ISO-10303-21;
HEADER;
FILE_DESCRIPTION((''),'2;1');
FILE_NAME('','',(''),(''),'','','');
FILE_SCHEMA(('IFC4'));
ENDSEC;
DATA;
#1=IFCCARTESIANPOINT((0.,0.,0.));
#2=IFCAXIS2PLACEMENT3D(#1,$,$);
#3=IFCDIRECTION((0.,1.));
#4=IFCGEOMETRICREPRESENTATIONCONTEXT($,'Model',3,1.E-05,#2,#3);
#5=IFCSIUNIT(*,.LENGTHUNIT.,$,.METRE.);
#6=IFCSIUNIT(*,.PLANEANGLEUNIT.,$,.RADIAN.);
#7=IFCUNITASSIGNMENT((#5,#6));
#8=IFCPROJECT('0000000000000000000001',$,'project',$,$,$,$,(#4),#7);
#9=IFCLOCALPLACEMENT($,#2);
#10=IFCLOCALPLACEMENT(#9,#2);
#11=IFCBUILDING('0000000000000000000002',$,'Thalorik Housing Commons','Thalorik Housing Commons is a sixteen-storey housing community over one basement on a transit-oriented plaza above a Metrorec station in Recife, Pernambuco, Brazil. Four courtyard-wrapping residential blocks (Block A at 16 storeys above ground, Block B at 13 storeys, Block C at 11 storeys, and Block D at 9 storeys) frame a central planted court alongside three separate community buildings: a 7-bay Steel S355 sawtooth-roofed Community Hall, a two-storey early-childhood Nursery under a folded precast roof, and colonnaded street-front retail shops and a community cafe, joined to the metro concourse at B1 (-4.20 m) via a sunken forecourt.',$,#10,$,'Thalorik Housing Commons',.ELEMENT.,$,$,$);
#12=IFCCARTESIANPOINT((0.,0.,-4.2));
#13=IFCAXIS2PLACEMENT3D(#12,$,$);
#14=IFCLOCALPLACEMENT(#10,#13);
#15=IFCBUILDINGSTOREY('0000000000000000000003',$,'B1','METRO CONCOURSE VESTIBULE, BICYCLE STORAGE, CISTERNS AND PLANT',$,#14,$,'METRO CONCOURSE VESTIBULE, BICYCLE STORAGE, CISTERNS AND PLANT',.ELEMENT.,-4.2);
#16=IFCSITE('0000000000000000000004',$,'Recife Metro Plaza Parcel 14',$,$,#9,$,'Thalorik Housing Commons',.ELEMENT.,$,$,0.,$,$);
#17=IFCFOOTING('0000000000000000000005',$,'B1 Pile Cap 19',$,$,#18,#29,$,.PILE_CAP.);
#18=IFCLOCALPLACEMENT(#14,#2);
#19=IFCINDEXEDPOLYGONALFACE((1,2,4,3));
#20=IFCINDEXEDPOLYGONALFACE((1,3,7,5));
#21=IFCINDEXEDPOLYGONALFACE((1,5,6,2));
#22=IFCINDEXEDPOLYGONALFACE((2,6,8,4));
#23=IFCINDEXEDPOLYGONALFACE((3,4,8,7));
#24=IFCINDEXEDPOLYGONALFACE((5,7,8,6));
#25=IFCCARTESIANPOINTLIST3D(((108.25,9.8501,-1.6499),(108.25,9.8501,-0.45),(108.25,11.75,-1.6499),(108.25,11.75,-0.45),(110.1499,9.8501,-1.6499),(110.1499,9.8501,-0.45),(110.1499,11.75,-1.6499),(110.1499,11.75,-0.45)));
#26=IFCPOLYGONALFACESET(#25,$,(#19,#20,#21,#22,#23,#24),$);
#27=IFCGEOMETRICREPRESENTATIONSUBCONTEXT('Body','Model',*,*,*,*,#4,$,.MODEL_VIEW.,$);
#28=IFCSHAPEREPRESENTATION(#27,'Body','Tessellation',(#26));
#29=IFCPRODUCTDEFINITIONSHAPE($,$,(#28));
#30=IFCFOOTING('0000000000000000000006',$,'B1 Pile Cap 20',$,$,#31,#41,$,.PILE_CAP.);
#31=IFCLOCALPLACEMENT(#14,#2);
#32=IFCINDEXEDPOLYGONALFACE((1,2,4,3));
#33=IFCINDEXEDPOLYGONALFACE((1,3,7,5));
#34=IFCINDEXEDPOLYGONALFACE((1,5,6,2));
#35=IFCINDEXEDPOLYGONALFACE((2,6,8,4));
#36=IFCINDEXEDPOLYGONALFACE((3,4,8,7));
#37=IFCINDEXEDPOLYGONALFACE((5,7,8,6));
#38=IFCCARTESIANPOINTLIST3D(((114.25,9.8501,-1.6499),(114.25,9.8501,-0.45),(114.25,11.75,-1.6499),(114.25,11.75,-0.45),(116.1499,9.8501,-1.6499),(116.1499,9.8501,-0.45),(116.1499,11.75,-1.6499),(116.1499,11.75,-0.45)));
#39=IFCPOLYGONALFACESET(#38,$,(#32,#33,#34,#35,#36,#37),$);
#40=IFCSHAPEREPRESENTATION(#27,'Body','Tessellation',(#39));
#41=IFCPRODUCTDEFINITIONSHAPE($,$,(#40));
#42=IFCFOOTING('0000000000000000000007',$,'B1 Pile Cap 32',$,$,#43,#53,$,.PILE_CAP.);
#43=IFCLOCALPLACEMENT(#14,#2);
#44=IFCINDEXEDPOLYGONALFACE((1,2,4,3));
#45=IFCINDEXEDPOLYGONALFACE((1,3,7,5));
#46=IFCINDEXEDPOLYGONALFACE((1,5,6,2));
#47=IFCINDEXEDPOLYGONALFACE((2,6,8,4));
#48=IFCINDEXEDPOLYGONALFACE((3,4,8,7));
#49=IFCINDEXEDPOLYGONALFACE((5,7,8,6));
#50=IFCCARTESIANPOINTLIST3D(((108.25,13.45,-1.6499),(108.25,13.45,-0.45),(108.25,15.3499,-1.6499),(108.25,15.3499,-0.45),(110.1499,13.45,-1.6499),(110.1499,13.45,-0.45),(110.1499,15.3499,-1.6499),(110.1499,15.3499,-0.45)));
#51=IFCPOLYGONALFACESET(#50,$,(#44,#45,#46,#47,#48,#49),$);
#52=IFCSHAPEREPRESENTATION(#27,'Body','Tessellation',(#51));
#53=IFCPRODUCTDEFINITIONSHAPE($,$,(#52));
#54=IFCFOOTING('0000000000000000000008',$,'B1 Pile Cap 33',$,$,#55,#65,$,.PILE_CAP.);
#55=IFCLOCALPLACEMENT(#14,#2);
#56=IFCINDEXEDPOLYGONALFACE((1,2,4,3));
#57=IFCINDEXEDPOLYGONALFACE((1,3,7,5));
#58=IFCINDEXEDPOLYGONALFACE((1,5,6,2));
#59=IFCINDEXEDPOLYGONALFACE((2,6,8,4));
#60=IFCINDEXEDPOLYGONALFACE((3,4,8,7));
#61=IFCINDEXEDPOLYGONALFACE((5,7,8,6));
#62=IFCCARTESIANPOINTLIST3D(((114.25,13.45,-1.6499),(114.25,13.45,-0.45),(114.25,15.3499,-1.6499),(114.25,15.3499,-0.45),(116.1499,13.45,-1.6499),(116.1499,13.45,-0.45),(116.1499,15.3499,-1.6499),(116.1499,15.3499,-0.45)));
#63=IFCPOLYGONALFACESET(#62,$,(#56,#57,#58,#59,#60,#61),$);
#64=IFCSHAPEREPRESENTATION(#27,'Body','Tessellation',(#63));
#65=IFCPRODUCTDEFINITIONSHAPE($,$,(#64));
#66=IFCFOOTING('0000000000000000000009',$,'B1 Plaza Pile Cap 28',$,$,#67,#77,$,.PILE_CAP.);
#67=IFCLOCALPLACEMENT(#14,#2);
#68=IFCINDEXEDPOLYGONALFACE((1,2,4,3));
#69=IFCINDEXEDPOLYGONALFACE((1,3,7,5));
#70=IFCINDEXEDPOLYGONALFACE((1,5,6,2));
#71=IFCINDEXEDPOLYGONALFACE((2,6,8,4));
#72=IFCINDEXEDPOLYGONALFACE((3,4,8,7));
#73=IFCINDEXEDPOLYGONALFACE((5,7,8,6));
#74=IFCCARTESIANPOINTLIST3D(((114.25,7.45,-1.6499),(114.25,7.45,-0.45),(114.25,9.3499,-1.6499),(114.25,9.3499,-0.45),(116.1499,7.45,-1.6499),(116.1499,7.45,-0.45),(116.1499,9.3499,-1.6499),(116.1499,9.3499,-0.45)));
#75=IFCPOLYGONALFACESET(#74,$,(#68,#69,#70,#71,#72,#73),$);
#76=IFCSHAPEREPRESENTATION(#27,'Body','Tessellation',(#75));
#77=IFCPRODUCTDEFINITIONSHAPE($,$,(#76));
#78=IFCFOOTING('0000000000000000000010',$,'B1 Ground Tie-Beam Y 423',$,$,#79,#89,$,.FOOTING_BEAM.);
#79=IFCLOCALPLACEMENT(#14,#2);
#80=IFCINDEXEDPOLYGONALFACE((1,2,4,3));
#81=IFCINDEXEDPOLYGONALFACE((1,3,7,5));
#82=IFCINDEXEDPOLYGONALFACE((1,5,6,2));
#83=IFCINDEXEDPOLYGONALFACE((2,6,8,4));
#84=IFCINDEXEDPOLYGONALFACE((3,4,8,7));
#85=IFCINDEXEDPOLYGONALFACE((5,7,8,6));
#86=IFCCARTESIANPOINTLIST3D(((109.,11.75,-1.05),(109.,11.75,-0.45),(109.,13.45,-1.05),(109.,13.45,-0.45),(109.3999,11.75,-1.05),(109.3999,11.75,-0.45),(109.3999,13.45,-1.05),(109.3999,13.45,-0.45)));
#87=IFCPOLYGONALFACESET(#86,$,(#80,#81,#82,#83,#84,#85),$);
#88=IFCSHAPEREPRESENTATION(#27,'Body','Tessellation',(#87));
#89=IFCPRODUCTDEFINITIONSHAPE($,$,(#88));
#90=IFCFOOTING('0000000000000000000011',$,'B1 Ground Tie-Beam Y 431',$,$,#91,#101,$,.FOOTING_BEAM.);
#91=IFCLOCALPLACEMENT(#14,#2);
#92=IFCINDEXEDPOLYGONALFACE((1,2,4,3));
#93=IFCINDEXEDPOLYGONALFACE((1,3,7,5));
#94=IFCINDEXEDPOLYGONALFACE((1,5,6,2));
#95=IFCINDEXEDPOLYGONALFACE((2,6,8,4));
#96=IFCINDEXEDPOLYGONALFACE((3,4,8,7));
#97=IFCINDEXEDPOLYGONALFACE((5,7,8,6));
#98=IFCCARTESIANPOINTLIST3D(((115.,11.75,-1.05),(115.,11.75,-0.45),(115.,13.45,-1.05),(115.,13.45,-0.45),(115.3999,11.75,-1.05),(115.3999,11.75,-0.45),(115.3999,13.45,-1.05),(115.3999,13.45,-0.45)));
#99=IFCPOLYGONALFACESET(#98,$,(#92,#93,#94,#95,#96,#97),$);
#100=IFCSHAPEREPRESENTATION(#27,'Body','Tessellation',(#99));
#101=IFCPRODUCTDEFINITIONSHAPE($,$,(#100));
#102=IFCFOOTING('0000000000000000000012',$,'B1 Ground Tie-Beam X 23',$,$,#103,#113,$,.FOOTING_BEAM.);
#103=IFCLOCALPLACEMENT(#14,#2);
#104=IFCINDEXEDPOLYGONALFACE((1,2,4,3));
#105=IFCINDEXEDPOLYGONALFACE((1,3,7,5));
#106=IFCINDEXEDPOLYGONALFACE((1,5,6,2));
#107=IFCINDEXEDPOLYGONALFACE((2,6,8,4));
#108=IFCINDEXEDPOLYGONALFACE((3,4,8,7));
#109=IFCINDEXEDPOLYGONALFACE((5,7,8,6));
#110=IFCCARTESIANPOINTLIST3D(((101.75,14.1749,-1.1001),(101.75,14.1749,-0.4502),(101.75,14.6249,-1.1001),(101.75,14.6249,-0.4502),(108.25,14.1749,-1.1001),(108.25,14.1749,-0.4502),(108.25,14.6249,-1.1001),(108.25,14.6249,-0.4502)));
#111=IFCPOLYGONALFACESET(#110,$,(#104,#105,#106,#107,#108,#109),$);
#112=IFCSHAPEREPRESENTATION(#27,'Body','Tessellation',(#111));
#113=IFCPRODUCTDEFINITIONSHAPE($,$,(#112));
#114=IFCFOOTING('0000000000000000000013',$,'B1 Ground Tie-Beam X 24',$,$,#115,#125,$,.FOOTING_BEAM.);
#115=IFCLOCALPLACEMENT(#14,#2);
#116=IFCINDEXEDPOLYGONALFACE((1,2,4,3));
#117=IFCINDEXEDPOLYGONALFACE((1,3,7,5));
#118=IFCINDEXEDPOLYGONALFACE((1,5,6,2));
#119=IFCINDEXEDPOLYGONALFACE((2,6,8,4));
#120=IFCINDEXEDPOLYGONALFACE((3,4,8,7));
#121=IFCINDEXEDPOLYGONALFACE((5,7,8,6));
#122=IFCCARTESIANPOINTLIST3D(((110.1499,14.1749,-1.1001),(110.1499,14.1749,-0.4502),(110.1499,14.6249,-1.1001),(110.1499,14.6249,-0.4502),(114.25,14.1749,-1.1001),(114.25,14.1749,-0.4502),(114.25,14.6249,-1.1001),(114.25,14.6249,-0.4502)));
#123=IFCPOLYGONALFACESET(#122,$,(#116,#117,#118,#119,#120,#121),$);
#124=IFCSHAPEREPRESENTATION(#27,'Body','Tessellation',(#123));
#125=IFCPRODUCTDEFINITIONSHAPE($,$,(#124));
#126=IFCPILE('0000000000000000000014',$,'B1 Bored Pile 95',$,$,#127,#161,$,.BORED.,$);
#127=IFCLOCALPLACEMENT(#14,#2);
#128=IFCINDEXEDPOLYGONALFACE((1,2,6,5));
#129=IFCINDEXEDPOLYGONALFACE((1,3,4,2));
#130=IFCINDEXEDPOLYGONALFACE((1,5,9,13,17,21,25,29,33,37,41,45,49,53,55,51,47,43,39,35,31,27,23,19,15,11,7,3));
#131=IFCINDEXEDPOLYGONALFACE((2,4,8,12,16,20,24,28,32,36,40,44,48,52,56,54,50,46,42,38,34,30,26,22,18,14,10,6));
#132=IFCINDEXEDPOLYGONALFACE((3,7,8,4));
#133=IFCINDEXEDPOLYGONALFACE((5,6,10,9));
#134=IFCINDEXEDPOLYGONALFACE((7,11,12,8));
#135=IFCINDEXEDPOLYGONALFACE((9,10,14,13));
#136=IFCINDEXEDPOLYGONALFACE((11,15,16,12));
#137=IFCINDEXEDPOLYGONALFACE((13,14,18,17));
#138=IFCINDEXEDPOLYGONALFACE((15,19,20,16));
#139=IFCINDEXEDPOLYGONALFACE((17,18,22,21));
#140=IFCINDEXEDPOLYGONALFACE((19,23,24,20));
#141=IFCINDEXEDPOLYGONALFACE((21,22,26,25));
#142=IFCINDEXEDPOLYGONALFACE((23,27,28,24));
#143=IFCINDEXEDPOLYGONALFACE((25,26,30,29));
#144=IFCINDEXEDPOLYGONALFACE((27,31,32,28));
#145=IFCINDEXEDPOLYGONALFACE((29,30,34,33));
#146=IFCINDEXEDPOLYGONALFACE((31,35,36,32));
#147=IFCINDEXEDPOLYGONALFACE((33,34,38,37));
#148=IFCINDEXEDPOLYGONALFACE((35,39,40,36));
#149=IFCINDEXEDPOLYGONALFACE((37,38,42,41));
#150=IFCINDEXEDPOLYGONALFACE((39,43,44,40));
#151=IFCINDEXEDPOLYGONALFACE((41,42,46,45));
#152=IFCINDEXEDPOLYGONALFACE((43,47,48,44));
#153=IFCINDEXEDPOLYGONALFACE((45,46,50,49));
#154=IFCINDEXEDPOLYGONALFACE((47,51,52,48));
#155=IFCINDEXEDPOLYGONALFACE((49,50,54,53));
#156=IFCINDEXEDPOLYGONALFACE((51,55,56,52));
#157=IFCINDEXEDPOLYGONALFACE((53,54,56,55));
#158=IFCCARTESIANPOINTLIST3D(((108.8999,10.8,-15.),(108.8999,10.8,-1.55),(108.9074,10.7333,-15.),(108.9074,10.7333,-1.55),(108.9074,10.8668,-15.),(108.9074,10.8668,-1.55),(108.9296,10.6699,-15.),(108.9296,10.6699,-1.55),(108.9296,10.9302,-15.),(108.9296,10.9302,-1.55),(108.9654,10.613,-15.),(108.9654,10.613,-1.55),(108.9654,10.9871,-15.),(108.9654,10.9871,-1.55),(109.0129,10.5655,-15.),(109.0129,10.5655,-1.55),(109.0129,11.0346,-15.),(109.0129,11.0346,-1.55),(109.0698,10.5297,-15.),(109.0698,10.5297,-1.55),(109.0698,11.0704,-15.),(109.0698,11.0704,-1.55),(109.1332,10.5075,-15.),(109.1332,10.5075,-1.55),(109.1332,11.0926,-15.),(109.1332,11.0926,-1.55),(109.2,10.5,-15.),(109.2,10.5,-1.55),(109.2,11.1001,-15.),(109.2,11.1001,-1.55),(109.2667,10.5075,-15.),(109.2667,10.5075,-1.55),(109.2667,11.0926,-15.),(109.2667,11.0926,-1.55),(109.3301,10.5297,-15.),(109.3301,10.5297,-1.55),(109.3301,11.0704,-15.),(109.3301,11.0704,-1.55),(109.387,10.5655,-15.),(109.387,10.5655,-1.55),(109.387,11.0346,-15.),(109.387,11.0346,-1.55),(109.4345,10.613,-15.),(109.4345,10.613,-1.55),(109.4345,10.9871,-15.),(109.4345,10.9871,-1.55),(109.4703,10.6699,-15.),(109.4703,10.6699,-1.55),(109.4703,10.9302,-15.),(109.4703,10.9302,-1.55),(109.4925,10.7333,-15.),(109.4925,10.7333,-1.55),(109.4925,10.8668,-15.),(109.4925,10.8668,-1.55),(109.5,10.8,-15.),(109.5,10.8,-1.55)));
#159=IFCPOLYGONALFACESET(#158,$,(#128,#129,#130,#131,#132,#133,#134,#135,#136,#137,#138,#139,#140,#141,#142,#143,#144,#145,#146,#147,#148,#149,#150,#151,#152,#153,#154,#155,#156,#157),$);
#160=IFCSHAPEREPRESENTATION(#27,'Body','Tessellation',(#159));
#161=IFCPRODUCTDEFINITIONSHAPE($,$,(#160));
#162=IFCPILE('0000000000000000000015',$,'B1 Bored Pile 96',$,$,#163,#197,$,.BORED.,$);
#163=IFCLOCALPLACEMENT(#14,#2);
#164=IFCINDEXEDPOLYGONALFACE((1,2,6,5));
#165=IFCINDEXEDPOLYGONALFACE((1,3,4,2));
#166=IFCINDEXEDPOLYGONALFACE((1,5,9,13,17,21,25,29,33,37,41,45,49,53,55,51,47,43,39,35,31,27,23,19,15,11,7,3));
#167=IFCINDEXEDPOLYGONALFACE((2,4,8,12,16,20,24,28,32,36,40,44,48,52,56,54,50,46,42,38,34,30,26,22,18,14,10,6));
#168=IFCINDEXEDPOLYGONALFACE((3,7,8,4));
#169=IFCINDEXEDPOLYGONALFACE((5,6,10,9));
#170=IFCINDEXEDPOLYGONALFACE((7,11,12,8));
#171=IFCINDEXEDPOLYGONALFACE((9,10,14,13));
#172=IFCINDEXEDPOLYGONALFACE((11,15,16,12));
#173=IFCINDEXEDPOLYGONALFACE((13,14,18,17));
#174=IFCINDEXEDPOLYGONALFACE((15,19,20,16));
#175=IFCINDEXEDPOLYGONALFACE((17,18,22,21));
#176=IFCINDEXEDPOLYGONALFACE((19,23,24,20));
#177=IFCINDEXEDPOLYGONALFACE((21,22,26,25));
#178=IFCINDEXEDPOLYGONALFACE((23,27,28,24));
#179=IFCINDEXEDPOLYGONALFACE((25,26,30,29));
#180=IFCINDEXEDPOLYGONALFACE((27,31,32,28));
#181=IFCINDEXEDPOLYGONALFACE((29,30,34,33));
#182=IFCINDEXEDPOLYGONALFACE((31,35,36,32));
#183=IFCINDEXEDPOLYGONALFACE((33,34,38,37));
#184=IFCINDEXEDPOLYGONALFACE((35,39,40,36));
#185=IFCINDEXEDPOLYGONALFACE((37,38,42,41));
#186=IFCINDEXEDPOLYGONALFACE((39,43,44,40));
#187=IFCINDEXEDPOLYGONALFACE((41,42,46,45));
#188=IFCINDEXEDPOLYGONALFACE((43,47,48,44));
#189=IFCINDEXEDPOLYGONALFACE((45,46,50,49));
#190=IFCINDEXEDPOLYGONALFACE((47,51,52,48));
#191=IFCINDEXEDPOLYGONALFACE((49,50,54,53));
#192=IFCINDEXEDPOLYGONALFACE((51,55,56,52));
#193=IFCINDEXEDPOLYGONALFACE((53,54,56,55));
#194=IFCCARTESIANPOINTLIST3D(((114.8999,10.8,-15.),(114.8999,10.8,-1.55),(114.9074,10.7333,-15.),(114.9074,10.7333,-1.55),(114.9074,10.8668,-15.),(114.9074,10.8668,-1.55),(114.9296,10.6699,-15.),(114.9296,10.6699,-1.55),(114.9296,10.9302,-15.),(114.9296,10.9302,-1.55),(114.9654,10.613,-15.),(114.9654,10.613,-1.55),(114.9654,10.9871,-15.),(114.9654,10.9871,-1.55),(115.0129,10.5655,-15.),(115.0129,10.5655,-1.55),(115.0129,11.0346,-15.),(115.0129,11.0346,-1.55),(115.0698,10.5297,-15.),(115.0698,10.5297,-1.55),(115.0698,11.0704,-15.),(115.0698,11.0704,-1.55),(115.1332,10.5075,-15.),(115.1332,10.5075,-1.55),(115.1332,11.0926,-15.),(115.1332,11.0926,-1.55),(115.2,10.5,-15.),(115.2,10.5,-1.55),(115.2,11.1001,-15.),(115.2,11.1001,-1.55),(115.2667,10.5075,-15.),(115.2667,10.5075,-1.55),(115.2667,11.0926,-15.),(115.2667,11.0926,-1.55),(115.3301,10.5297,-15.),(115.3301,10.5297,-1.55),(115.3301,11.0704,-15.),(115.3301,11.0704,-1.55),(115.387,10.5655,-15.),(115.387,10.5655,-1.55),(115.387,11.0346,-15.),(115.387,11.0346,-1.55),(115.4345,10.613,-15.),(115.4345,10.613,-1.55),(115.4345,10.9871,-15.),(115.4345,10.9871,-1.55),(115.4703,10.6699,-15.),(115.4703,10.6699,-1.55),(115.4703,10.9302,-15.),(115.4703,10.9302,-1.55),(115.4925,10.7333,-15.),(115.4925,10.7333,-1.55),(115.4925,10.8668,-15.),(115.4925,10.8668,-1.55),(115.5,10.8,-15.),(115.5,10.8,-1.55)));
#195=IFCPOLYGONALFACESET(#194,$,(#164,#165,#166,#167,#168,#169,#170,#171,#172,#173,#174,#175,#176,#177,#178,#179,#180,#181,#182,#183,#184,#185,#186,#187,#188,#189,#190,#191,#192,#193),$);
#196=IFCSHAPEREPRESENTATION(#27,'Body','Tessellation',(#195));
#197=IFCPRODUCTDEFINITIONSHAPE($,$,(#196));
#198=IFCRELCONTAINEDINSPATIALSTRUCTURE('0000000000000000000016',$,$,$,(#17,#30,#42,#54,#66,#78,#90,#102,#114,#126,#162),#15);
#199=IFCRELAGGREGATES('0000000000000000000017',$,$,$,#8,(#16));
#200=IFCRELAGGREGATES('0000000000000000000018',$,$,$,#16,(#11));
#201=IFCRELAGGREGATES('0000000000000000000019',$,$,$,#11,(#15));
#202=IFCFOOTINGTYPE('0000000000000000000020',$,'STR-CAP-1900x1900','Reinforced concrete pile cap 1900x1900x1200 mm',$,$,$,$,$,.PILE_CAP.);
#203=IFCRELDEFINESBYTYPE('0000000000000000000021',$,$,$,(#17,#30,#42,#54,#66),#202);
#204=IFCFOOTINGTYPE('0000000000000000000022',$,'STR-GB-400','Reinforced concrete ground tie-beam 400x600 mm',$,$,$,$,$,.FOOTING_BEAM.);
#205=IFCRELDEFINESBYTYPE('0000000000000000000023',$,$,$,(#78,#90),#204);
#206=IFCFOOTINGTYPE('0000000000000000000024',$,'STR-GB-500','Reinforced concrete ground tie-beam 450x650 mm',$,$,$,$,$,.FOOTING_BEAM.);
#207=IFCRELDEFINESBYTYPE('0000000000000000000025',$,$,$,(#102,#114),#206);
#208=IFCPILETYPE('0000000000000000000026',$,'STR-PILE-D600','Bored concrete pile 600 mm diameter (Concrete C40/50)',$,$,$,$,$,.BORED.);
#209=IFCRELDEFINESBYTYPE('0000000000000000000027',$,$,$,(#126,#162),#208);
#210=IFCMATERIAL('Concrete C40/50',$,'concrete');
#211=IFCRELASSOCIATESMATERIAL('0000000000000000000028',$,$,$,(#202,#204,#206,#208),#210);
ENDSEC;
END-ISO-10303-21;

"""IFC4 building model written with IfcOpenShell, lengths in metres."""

from ifc_helpers import new_model, si_unit, direction, frame, origin, origin_2d, place, context, subcontext, project, spatial, rectangle, circle, extrude, material, material_profile, profile_set, type_object, element, save


model = new_model("IFC4")

# Units and contexts
model_context = context("Model", 3, precision=1e-05, world=origin(), true_north=direction((0.0, 1.0)))
body_context = subcontext(model_context, "Body", "Model", "MODEL_VIEW")
ifc_project = project(units=[si_unit("LENGTHUNIT", "METRE"), si_unit("PLANEANGLEUNIT", "RADIAN")], contexts=[model_context])

# Site, building, storey
site_placement = place(None, origin())
site = spatial("IfcSite", under=ifc_project, at=site_placement, Name="Recife Metro Plaza Parcel 14", LongName="Thalorik Housing Commons", CompositionType="ELEMENT", RefElevation=0.0)
building_placement = place(site_placement, origin())
building = spatial("IfcBuilding", under=site, at=building_placement, Name="Thalorik Housing Commons", Description="Thalorik Housing Commons is a sixteen-storey housing community over one basement on a transit-oriented plaza above a Metrorec station in Recife, Pernambuco, Brazil. Four courtyard-wrapping residential blocks (Block A at 16 storeys above ground, Block B at 13 storeys, Block C at 11 storeys, and Block D at 9 storeys) frame a central planted court alongside three separate community buildings: a 7-bay Steel S355 sawtooth-roofed Community Hall, a two-storey early-childhood Nursery under a folded precast roof, and colonnaded street-front retail shops and a community cafe, joined to the metro concourse at B1 (-4.20 m) via a sunken forecourt.", LongName="Thalorik Housing Commons", CompositionType="ELEMENT")
storey_placement = place(building_placement, frame((0.0, 0.0, -4.2)))
storey = spatial("IfcBuildingStorey", under=building, at=storey_placement, Name="B1", Description="METRO CONCOURSE VESTIBULE, BICYCLE STORAGE, CISTERNS AND PLANT", LongName="METRO CONCOURSE VESTIBULE, BICYCLE STORAGE, CISTERNS AND PLANT", CompositionType="ELEMENT", Elevation=-4.2)

# Footings
ifc_material_1 = material(Name="Concrete C40/50", Category="concrete")
footing_type_1 = type_object("IfcFootingType", Name="STR-CAP-1900x1900", Description="Reinforced concrete pile cap 1900x1900x1200 mm", PredefinedType="PILE_CAP", material=ifc_material_1)
for number, where, z_axis, x_axis, name in (
    (1, (109.2, 10.8, -1.6499), (0.0, 0.0, 1.0), (1.0, 0.0, 0.0), "B1 Pile Cap 19"),
    (2, (115.2, 10.8, -1.6499), (0.0, 0.0, 1.0), (1.0, 0.0, 0.0), "B1 Pile Cap 20"),
    (3, (109.2, 14.3999, -1.6499), (0.0, 0.0, 1.0), (1.0, 0.0, 0.0), "B1 Pile Cap 32"),
    (4, (115.2, 14.3999, -1.6499), (0.0, 0.0, 1.0), (1.0, 0.0, 0.0), "B1 Pile Cap 33"),
    (5, (115.2, 8.3999, -1.6499), (0.0, 0.0, 1.0), (1.0, 0.0, 0.0), "B1 Plaza Pile Cap 28"),
):
    element("IfcFooting", number, at=place(storey_placement, frame(where, z_axis=z_axis, x_axis=x_axis)), inside=storey, type_object=footing_type_1, Name=name, PredefinedType="PILE_CAP", context=body_context, shape_type="SweptSolid", body=[
        extrude(rectangle(XDim=1.8999, YDim=1.8999, at=origin_2d()), origin(), (0.0, 0.0, 1.0), 1.2),
    ])
ifc_material_profile_1 = material_profile(ifc_material_1, rectangle(XDim=0.3999, YDim=0.6001, at=origin_2d()), Name="RC 400x600", Category="concrete")
ifc_profile_set_1 = profile_set([ifc_material_profile_1], Name="Concrete C40/50")
footing_type_2 = type_object("IfcFootingType", Name="STR-GB-400", Description="Reinforced concrete ground tie-beam 400x600 mm", PredefinedType="FOOTING_BEAM", material=ifc_profile_set_1)
for number, where, z_axis, x_axis, name in (
    (6, (109.2, 11.75, -0.75), (0.0, 1.0, 0.0), (-1.0, 0.0, 0.0), "B1 Ground Tie-Beam Y 423"),
    (7, (115.2, 11.75, -0.75), (0.0, 1.0, 0.0), (-1.0, 0.0, 0.0), "B1 Ground Tie-Beam Y 431"),
):
    element("IfcFooting", number, at=place(storey_placement, frame(where, z_axis=z_axis, x_axis=x_axis)), inside=storey, type_object=footing_type_2, Name=name, PredefinedType="FOOTING_BEAM", context=body_context, shape_type="SweptSolid", body=[
        extrude(rectangle(XDim=0.3999, YDim=0.6001, at=origin_2d()), origin(), (0.0, 0.0, 1.0), 1.7),
    ])
ifc_material_profile_2 = material_profile(ifc_material_1, rectangle(XDim=0.45, YDim=0.6499, at=origin_2d()), Name="RC 450x650", Category="concrete")
ifc_profile_set_2 = profile_set([ifc_material_profile_2], Name="Concrete C40/50")
footing_type_3 = type_object("IfcFootingType", Name="STR-GB-500", Description="Reinforced concrete ground tie-beam 450x650 mm", PredefinedType="FOOTING_BEAM", material=ifc_profile_set_2)
footing_1_placement = place(storey_placement, frame((101.75, 14.3999, -0.7751), z_axis=(1.0, 0.0, 0.0), x_axis=(0.0, 1.0, 0.0)))
element("IfcFooting", 8, at=footing_1_placement, inside=storey, type_object=footing_type_3, Name="B1 Ground Tie-Beam X 23", PredefinedType="FOOTING_BEAM", context=body_context, shape_type="SweptSolid", body=[
    extrude(rectangle(XDim=0.45, YDim=0.6499, at=origin_2d()), origin(), (0.0, 0.0, 1.0), 6.5),
])
footing_2_placement = place(storey_placement, frame((110.1499, 14.3999, -0.7751), z_axis=(1.0, 0.0, 0.0), x_axis=(0.0, 1.0, 0.0)))
element("IfcFooting", 9, at=footing_2_placement, inside=storey, type_object=footing_type_3, Name="B1 Ground Tie-Beam X 24", PredefinedType="FOOTING_BEAM", context=body_context, shape_type="SweptSolid", body=[
    extrude(rectangle(XDim=0.45, YDim=0.6499, at=origin_2d()), origin(), (0.0, 0.0, 1.0), 4.1001),
])

# Piles
ifc_material_profile_3 = material_profile(ifc_material_1, circle(Radius=0.3, at=origin_2d()), Name="BORED PILE D600", Category="concrete")
ifc_profile_set_3 = profile_set([ifc_material_profile_3], Name="Concrete C40/50")
pile_type_1 = type_object("IfcPileType", Name="STR-PILE-D600", Description="Bored concrete pile 600 mm diameter (Concrete C40/50)", PredefinedType="BORED", material=ifc_profile_set_3)
for number, where, z_axis, x_axis, name in (
    (10, (109.2, 10.8, -1.55), (0.0, 0.0, -1.0), (1.0, 0.0, 0.0), "B1 Bored Pile 95"),
    (11, (115.2, 10.8, -1.55), (0.0, 0.0, -1.0), (1.0, 0.0, 0.0), "B1 Bored Pile 96"),
):
    element("IfcPile", number, at=place(storey_placement, frame(where, z_axis=z_axis, x_axis=x_axis)), inside=storey, type_object=pile_type_1, Name=name, PredefinedType="BORED", context=body_context, shape_type="SweptSolid", body=[
        extrude(circle(Radius=0.3, at=origin_2d()), origin(), (0.0, 0.0, 1.0), 13.45),
    ])

save(model, "model.ifc")
